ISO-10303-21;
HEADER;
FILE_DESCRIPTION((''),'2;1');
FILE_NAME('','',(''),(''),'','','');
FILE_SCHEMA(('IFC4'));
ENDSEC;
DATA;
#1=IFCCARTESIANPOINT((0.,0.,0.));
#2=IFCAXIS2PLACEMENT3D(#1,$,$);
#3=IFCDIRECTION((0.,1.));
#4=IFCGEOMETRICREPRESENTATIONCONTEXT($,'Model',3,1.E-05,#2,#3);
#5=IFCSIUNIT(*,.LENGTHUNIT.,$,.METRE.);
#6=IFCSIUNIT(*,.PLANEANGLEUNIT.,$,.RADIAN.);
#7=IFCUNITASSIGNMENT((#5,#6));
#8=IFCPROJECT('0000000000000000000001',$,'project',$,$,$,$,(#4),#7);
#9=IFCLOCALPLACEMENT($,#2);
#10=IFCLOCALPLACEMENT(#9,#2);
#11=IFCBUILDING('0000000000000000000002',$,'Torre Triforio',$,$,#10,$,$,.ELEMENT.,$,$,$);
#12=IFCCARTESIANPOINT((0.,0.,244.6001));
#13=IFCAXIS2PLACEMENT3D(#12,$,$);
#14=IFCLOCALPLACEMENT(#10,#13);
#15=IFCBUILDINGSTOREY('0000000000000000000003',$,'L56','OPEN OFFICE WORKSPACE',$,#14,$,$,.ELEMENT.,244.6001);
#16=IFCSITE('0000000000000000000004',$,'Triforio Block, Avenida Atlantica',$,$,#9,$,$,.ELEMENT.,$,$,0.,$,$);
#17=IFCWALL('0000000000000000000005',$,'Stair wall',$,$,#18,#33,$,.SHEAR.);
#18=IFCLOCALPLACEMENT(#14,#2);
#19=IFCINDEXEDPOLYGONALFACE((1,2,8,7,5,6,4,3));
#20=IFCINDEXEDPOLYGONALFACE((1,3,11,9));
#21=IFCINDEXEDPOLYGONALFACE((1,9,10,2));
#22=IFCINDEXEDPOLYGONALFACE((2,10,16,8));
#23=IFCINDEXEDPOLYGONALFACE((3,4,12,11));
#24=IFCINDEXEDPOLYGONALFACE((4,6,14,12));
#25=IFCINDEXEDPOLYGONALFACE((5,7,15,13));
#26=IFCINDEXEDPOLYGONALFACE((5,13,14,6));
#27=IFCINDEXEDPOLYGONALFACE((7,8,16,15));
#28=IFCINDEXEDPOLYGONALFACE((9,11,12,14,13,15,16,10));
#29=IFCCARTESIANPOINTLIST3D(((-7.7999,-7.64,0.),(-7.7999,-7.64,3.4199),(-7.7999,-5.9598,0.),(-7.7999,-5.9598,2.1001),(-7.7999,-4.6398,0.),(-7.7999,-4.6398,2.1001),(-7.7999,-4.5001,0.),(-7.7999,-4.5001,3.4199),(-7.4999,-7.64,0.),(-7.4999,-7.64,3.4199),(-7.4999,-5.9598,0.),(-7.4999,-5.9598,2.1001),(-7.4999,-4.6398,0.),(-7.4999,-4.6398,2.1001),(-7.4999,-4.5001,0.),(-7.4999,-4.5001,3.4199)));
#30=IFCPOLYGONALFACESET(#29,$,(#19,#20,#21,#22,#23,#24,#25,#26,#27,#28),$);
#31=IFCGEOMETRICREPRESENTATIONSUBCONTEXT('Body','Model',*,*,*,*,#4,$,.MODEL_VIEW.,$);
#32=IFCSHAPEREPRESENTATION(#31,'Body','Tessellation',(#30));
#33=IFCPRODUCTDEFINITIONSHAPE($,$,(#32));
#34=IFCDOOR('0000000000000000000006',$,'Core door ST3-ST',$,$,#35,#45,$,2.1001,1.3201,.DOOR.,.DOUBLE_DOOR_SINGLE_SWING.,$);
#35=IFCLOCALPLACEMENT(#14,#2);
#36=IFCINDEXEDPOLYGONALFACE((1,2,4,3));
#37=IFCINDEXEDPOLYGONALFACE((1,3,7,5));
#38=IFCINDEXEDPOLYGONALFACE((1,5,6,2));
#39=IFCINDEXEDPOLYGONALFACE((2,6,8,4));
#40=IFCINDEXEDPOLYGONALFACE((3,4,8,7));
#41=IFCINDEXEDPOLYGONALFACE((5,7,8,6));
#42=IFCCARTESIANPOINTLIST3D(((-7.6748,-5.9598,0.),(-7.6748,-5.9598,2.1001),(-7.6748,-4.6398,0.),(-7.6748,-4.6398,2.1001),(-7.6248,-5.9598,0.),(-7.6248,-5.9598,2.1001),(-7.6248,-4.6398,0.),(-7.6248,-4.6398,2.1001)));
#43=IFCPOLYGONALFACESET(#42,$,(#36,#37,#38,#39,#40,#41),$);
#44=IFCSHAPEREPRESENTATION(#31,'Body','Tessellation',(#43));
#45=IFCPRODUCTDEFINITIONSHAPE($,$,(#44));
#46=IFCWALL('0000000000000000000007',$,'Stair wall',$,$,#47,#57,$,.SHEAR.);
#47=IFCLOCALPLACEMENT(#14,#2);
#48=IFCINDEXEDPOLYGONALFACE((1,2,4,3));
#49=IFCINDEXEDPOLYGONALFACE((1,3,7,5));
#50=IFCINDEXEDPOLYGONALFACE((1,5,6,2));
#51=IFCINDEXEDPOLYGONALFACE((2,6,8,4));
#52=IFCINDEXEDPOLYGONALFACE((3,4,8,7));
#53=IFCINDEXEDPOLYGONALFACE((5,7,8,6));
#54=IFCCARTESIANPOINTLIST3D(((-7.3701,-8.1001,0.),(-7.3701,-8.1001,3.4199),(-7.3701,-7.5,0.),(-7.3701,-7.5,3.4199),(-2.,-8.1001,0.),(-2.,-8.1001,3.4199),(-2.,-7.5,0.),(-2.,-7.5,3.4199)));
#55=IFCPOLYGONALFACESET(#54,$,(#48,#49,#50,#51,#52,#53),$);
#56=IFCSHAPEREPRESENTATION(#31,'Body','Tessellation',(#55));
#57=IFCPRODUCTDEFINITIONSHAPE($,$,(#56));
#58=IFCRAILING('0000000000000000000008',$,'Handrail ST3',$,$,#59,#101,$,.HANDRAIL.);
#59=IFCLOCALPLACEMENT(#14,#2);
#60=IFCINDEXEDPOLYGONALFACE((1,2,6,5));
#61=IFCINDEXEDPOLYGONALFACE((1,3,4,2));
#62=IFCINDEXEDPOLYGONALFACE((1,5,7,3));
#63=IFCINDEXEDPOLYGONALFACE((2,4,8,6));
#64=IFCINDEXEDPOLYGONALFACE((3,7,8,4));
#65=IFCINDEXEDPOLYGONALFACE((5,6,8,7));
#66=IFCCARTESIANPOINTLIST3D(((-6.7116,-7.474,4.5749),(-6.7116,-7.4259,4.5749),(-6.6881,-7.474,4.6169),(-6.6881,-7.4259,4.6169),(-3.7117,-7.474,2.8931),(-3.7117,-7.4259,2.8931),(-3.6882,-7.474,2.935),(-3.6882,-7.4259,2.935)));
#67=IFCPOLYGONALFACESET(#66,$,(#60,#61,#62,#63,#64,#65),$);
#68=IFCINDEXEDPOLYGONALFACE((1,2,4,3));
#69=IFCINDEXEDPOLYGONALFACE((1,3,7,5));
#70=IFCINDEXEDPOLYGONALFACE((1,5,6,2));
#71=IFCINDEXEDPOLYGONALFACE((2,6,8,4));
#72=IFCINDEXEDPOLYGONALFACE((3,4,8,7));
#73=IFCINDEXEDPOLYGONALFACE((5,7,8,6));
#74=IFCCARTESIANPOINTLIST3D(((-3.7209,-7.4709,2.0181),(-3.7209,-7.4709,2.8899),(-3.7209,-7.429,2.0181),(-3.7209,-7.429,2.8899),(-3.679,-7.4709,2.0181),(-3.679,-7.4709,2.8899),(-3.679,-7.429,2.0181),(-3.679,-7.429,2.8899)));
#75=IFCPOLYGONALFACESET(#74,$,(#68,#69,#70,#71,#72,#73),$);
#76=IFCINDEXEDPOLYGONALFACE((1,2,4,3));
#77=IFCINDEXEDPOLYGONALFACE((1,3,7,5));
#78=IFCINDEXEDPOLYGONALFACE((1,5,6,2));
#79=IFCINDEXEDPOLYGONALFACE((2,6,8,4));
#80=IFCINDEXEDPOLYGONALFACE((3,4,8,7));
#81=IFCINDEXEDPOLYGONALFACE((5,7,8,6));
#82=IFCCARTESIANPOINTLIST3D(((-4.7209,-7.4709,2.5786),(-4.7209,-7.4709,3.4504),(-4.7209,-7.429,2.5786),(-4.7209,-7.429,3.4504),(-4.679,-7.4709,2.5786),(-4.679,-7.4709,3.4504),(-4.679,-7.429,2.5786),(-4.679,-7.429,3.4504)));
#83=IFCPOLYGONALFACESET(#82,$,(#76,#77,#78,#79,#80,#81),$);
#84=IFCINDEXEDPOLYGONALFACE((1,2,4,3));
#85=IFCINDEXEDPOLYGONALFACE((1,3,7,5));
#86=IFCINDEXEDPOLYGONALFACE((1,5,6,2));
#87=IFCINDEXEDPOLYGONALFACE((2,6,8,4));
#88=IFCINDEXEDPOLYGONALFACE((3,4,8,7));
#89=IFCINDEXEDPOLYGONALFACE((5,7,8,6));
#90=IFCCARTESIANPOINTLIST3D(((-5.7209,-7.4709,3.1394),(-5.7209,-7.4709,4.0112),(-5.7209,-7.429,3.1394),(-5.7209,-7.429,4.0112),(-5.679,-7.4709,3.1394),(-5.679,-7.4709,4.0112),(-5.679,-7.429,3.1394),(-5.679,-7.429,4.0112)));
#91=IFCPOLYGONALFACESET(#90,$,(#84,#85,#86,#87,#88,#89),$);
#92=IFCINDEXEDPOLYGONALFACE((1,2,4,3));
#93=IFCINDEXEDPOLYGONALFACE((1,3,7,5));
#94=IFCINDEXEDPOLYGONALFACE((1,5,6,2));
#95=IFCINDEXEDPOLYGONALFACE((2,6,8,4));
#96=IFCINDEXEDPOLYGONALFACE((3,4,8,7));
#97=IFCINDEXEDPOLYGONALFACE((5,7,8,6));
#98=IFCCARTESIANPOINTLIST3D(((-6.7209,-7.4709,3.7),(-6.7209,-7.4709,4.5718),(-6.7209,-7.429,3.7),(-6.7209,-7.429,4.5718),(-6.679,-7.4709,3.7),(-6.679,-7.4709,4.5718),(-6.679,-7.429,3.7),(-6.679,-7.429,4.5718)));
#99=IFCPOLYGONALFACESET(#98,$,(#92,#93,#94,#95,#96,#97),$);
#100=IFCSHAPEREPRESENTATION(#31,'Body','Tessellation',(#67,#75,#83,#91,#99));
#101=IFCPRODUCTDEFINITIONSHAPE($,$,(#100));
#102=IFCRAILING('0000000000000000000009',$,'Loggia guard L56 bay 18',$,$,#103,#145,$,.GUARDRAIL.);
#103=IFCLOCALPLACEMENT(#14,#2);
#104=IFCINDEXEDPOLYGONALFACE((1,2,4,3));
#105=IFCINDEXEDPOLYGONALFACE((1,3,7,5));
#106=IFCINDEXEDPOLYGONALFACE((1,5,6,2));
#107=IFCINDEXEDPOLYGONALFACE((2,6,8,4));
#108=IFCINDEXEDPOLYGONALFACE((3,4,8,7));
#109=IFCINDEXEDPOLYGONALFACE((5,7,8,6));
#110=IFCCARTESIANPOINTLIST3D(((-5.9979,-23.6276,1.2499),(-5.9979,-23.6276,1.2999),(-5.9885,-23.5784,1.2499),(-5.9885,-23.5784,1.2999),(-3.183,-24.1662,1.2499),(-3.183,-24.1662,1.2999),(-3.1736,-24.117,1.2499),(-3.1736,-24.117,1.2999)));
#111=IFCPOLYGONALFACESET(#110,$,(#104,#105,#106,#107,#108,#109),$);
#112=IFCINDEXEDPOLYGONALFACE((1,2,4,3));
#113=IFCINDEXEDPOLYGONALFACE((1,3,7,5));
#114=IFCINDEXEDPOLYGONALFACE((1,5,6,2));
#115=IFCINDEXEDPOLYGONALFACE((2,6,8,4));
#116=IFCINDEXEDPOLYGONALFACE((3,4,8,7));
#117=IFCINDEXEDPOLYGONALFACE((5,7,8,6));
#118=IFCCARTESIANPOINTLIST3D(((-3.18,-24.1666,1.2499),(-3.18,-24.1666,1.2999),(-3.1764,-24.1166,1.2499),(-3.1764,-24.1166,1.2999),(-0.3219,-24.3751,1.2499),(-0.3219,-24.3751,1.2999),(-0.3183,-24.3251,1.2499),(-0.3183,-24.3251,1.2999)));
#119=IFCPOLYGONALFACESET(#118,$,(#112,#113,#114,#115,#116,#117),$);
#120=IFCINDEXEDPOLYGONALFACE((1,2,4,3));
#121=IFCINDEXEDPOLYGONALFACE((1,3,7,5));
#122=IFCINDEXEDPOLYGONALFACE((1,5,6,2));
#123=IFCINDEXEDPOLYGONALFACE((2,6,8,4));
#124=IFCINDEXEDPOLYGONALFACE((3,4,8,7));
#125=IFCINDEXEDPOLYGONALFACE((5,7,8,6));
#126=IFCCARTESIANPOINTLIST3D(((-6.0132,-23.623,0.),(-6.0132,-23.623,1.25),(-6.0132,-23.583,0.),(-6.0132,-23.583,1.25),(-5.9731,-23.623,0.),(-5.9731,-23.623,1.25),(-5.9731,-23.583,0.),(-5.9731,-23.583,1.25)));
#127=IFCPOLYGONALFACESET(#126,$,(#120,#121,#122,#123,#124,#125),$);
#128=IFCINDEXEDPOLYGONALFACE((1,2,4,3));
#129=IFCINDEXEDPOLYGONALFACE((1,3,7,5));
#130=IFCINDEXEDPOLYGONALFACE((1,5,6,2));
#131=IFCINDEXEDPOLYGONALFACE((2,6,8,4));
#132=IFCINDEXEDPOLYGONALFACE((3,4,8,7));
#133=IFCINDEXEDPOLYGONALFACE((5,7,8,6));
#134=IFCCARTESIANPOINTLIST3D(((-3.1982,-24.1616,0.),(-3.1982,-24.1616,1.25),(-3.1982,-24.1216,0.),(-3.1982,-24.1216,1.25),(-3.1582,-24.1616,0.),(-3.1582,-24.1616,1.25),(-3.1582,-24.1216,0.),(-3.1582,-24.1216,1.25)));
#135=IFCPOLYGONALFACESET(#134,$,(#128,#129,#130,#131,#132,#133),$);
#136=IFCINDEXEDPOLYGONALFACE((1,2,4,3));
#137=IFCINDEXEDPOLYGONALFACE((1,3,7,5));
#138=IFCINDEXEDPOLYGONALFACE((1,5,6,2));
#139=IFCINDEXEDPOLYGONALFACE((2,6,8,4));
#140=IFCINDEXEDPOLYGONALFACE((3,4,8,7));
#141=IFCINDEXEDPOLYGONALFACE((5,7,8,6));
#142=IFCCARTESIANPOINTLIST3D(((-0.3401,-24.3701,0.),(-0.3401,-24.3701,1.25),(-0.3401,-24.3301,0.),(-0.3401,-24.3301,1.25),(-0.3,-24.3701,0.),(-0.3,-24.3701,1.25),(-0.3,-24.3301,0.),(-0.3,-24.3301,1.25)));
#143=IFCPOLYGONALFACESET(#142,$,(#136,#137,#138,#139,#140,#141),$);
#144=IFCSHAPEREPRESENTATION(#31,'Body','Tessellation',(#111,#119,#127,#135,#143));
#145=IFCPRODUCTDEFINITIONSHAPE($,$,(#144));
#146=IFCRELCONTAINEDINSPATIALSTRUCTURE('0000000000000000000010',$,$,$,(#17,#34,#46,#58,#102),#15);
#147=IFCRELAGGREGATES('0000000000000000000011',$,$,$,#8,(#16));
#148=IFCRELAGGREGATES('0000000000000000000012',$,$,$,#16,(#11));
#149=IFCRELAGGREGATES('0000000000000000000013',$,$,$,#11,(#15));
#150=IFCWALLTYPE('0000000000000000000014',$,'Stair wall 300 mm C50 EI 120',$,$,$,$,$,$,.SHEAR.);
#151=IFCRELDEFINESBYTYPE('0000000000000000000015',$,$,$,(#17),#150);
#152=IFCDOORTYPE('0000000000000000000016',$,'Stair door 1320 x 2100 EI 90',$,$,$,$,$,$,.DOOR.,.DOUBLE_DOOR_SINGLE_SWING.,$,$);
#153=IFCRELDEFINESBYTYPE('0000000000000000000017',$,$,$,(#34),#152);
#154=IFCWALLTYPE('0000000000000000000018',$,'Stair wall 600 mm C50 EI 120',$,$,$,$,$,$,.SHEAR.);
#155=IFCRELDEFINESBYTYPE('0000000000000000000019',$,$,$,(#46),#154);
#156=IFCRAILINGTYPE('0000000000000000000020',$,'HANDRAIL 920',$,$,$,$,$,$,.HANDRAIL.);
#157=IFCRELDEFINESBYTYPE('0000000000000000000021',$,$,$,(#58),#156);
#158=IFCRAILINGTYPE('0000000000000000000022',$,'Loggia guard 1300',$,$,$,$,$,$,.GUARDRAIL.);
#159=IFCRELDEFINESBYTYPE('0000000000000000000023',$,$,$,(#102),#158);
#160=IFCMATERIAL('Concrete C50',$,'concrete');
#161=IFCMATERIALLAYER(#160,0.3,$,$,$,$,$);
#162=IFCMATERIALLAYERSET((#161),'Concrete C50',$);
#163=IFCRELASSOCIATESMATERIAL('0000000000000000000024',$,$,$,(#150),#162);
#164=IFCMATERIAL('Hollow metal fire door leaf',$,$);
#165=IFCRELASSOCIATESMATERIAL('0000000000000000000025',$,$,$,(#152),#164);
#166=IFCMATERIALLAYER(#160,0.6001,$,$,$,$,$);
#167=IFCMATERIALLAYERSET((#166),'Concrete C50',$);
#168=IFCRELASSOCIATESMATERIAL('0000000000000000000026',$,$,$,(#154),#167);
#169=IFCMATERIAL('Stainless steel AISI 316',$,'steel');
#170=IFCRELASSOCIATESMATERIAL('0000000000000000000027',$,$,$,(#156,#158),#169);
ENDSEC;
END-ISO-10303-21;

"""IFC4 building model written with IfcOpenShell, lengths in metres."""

from ifc_helpers import new_model, si_unit, direction, frame, frame_2d, origin, origin_2d, place, context, subcontext, project, spatial, rectangle, extrude, material, layer, layer_set, type_object, element, fill, save


model = new_model("IFC4")

# Units and contexts
model_context = context("Model", 3, precision=1e-05, world=origin(), true_north=direction((0.0, 1.0)))
body_context = subcontext(model_context, "Body", "Model", "MODEL_VIEW")
ifc_project = project(units=[si_unit("LENGTHUNIT", "METRE"), si_unit("PLANEANGLEUNIT", "RADIAN")], contexts=[model_context])

# Site, building, storey
site_placement = place(None, origin())
site = spatial("IfcSite", under=ifc_project, at=site_placement, Name="Triforio Block, Avenida Atlantica", CompositionType="ELEMENT", RefElevation=0.0)
building_placement = place(site_placement, origin())
building = spatial("IfcBuilding", under=site, at=building_placement, Name="Torre Triforio", CompositionType="ELEMENT")
storey_placement = place(building_placement, frame((0.0, 0.0, 244.6001)))
storey = spatial("IfcBuildingStorey", under=building, at=storey_placement, Name="L56", Description="OPEN OFFICE WORKSPACE", CompositionType="ELEMENT", Elevation=244.6001)

# Shared definitions
ifc_material_1 = material(Name="Concrete C50", Category="concrete")

# Shared definitions
ifc_material_2 = material(Name="Hollow metal fire door leaf")

# Wall, opening, door
ifc_layer_1 = layer(ifc_material_1, 0.3)
ifc_layer_set_1 = layer_set([ifc_layer_1], Name="Concrete C50")
wall_type_1 = type_object("IfcWallType", Name="Stair wall 300 mm C50 EI 120", PredefinedType="SHEAR", material=ifc_layer_set_1)
wall_1_placement = place(storey_placement, frame((-7.6499, -7.6399, 0.0), z_axis=(0.0, 0.0, 1.0), x_axis=(0.0, 1.0, 0.0)))
wall_1 = element("IfcWall", 1, at=wall_1_placement, inside=storey, type_object=wall_type_1, Name="Stair wall", PredefinedType="SHEAR", context=body_context, shape_type="SweptSolid", body=[
    extrude(rectangle(XDim=3.1399, YDim=0.3, at=frame_2d((1.5698, 0.0))), origin(), (0.0, 0.0, 1.0), 3.4199),
])
opening_1_placement = place(wall_1_placement, frame((1.6799, 0.0, 0.0)))
opening_1 = element("IfcOpeningElement", 2, at=opening_1_placement, cuts=wall_1, PredefinedType="OPENING", context=body_context, shape_type="SweptSolid", body=[
    extrude(rectangle(XDim=1.3201, YDim=2.1001, at=frame_2d((0.6602, 1.05))), frame((0.0, 0.1599, 0.0), z_axis=(0.0, -1.0, 0.0), x_axis=(1.0, 0.0, 0.0)), (0.0, 0.0, 1.0), 0.3201),
])
door_type_1 = type_object("IfcDoorType", Name="Stair door 1320 x 2100 EI 90", OperationType="DOUBLE_DOOR_SINGLE_SWING", PredefinedType="DOOR", material=ifc_material_2)
door_1_placement = place(opening_1_placement, origin())
door_1 = element("IfcDoor", 3, at=door_1_placement, inside=storey, type_object=door_type_1, Name="Core door ST3-ST", OperationType="DOUBLE_DOOR_SINGLE_SWING", OverallHeight=2.1001, OverallWidth=1.3201, PredefinedType="DOOR", context=body_context, shape_type="SweptSolid", body=[
    extrude(rectangle(XDim=1.3201, YDim=2.1001, at=frame_2d((0.6602, 1.05))), frame((0.0, 0.0249, 0.0), z_axis=(0.0, -1.0, 0.0), x_axis=(1.0, 0.0, 0.0)), (0.0, 0.0, 1.0), 0.05),
])
fill(opening_1, door_1)

# Wall
ifc_layer_2 = layer(ifc_material_1, 0.6001)
ifc_layer_set_2 = layer_set([ifc_layer_2], Name="Concrete C50")
wall_type_2 = type_object("IfcWallType", Name="Stair wall 600 mm C50 EI 120", PredefinedType="SHEAR", material=ifc_layer_set_2)
wall_2_placement = place(storey_placement, frame((-7.3701, -7.8, 0.0), z_axis=(0.0, 0.0, 1.0), x_axis=(1.0, 0.0, 0.0)))
element("IfcWall", 4, at=wall_2_placement, inside=storey, type_object=wall_type_2, Name="Stair wall", PredefinedType="SHEAR", context=body_context, shape_type="SweptSolid", body=[
    extrude(rectangle(XDim=5.3701, YDim=0.6001, at=frame_2d((2.6851, 0.0))), origin(), (0.0, 0.0, 1.0), 3.4199),
])

# Railings
ifc_material_3 = material(Name="Stainless steel AISI 316", Category="steel")
railing_type_1 = type_object("IfcRailingType", Name="HANDRAIL 920", PredefinedType="HANDRAIL", material=ifc_material_3)
railing_1_placement = place(storey_placement, frame((-3.7, -7.45, 2.0181)))
element("IfcRailing", 5, at=railing_1_placement, inside=storey, type_object=railing_type_1, Name="Handrail ST3", PredefinedType="HANDRAIL", context=body_context, shape_type="SweptSolid", body=[
    extrude(rectangle(XDim=0.0481, YDim=0.0481, at=origin_2d()), frame((0.0, 0.0, 0.896), z_axis=(-0.872272, 0.0, 0.48902), x_axis=(0.0, -1.0, 0.0)), (0.0, 0.0, 1.0), 3.4392),
    extrude(rectangle(XDim=0.042, YDim=0.042, at=origin_2d()), origin(), (0.0, 0.0, 1.0), 0.8718),
    extrude(rectangle(XDim=0.042, YDim=0.042, at=origin_2d()), frame((-1.0, 0.0, 0.5605)), (0.0, 0.0, 1.0), 0.8718),
    extrude(rectangle(XDim=0.042, YDim=0.042, at=origin_2d()), frame((-2.0, 0.0, 1.1213)), (0.0, 0.0, 1.0), 0.8718),
    extrude(rectangle(XDim=0.042, YDim=0.042, at=origin_2d()), frame((-3.0, 0.0, 1.6819)), (0.0, 0.0, 1.0), 0.8718),
])
railing_type_2 = type_object("IfcRailingType", Name="Loggia guard 1300", PredefinedType="GUARDRAIL", material=ifc_material_3)
railing_2_placement = place(storey_placement, frame((-5.9932, -23.603, 0.0)))
element("IfcRailing", 6, at=railing_2_placement, inside=storey, type_object=railing_type_2, Name="Loggia guard L56 bay 18", PredefinedType="GUARDRAIL", context=body_context, shape_type="SweptSolid", body=[
    extrude(rectangle(XDim=0.05, YDim=0.05, at=origin_2d()), frame((0.0, 0.0, 1.2749), z_axis=(0.982185, -0.187918, 0.0), x_axis=(0.187918, 0.982185, 0.0)), (0.0, 0.0, 1.0), 2.866),
    extrude(rectangle(XDim=0.05, YDim=0.05, at=origin_2d()), frame((2.8149, -0.5386, 1.2749), z_axis=(0.99735, -0.072754, 0.0), x_axis=(0.072754, 0.99735, 0.0)), (0.0, 0.0, 1.0), 2.8657),
    extrude(rectangle(XDim=0.04, YDim=0.04, at=origin_2d()), origin(), (0.0, 0.0, 1.0), 1.25),
    extrude(rectangle(XDim=0.04, YDim=0.04, at=origin_2d()), frame((2.8149, -0.5386, 0.0)), (0.0, 0.0, 1.0), 1.25),
    extrude(rectangle(XDim=0.04, YDim=0.04, at=origin_2d()), frame((5.6731, -0.7471, 0.0)), (0.0, 0.0, 1.0), 1.25),
])

save(model, "model.ifc")
